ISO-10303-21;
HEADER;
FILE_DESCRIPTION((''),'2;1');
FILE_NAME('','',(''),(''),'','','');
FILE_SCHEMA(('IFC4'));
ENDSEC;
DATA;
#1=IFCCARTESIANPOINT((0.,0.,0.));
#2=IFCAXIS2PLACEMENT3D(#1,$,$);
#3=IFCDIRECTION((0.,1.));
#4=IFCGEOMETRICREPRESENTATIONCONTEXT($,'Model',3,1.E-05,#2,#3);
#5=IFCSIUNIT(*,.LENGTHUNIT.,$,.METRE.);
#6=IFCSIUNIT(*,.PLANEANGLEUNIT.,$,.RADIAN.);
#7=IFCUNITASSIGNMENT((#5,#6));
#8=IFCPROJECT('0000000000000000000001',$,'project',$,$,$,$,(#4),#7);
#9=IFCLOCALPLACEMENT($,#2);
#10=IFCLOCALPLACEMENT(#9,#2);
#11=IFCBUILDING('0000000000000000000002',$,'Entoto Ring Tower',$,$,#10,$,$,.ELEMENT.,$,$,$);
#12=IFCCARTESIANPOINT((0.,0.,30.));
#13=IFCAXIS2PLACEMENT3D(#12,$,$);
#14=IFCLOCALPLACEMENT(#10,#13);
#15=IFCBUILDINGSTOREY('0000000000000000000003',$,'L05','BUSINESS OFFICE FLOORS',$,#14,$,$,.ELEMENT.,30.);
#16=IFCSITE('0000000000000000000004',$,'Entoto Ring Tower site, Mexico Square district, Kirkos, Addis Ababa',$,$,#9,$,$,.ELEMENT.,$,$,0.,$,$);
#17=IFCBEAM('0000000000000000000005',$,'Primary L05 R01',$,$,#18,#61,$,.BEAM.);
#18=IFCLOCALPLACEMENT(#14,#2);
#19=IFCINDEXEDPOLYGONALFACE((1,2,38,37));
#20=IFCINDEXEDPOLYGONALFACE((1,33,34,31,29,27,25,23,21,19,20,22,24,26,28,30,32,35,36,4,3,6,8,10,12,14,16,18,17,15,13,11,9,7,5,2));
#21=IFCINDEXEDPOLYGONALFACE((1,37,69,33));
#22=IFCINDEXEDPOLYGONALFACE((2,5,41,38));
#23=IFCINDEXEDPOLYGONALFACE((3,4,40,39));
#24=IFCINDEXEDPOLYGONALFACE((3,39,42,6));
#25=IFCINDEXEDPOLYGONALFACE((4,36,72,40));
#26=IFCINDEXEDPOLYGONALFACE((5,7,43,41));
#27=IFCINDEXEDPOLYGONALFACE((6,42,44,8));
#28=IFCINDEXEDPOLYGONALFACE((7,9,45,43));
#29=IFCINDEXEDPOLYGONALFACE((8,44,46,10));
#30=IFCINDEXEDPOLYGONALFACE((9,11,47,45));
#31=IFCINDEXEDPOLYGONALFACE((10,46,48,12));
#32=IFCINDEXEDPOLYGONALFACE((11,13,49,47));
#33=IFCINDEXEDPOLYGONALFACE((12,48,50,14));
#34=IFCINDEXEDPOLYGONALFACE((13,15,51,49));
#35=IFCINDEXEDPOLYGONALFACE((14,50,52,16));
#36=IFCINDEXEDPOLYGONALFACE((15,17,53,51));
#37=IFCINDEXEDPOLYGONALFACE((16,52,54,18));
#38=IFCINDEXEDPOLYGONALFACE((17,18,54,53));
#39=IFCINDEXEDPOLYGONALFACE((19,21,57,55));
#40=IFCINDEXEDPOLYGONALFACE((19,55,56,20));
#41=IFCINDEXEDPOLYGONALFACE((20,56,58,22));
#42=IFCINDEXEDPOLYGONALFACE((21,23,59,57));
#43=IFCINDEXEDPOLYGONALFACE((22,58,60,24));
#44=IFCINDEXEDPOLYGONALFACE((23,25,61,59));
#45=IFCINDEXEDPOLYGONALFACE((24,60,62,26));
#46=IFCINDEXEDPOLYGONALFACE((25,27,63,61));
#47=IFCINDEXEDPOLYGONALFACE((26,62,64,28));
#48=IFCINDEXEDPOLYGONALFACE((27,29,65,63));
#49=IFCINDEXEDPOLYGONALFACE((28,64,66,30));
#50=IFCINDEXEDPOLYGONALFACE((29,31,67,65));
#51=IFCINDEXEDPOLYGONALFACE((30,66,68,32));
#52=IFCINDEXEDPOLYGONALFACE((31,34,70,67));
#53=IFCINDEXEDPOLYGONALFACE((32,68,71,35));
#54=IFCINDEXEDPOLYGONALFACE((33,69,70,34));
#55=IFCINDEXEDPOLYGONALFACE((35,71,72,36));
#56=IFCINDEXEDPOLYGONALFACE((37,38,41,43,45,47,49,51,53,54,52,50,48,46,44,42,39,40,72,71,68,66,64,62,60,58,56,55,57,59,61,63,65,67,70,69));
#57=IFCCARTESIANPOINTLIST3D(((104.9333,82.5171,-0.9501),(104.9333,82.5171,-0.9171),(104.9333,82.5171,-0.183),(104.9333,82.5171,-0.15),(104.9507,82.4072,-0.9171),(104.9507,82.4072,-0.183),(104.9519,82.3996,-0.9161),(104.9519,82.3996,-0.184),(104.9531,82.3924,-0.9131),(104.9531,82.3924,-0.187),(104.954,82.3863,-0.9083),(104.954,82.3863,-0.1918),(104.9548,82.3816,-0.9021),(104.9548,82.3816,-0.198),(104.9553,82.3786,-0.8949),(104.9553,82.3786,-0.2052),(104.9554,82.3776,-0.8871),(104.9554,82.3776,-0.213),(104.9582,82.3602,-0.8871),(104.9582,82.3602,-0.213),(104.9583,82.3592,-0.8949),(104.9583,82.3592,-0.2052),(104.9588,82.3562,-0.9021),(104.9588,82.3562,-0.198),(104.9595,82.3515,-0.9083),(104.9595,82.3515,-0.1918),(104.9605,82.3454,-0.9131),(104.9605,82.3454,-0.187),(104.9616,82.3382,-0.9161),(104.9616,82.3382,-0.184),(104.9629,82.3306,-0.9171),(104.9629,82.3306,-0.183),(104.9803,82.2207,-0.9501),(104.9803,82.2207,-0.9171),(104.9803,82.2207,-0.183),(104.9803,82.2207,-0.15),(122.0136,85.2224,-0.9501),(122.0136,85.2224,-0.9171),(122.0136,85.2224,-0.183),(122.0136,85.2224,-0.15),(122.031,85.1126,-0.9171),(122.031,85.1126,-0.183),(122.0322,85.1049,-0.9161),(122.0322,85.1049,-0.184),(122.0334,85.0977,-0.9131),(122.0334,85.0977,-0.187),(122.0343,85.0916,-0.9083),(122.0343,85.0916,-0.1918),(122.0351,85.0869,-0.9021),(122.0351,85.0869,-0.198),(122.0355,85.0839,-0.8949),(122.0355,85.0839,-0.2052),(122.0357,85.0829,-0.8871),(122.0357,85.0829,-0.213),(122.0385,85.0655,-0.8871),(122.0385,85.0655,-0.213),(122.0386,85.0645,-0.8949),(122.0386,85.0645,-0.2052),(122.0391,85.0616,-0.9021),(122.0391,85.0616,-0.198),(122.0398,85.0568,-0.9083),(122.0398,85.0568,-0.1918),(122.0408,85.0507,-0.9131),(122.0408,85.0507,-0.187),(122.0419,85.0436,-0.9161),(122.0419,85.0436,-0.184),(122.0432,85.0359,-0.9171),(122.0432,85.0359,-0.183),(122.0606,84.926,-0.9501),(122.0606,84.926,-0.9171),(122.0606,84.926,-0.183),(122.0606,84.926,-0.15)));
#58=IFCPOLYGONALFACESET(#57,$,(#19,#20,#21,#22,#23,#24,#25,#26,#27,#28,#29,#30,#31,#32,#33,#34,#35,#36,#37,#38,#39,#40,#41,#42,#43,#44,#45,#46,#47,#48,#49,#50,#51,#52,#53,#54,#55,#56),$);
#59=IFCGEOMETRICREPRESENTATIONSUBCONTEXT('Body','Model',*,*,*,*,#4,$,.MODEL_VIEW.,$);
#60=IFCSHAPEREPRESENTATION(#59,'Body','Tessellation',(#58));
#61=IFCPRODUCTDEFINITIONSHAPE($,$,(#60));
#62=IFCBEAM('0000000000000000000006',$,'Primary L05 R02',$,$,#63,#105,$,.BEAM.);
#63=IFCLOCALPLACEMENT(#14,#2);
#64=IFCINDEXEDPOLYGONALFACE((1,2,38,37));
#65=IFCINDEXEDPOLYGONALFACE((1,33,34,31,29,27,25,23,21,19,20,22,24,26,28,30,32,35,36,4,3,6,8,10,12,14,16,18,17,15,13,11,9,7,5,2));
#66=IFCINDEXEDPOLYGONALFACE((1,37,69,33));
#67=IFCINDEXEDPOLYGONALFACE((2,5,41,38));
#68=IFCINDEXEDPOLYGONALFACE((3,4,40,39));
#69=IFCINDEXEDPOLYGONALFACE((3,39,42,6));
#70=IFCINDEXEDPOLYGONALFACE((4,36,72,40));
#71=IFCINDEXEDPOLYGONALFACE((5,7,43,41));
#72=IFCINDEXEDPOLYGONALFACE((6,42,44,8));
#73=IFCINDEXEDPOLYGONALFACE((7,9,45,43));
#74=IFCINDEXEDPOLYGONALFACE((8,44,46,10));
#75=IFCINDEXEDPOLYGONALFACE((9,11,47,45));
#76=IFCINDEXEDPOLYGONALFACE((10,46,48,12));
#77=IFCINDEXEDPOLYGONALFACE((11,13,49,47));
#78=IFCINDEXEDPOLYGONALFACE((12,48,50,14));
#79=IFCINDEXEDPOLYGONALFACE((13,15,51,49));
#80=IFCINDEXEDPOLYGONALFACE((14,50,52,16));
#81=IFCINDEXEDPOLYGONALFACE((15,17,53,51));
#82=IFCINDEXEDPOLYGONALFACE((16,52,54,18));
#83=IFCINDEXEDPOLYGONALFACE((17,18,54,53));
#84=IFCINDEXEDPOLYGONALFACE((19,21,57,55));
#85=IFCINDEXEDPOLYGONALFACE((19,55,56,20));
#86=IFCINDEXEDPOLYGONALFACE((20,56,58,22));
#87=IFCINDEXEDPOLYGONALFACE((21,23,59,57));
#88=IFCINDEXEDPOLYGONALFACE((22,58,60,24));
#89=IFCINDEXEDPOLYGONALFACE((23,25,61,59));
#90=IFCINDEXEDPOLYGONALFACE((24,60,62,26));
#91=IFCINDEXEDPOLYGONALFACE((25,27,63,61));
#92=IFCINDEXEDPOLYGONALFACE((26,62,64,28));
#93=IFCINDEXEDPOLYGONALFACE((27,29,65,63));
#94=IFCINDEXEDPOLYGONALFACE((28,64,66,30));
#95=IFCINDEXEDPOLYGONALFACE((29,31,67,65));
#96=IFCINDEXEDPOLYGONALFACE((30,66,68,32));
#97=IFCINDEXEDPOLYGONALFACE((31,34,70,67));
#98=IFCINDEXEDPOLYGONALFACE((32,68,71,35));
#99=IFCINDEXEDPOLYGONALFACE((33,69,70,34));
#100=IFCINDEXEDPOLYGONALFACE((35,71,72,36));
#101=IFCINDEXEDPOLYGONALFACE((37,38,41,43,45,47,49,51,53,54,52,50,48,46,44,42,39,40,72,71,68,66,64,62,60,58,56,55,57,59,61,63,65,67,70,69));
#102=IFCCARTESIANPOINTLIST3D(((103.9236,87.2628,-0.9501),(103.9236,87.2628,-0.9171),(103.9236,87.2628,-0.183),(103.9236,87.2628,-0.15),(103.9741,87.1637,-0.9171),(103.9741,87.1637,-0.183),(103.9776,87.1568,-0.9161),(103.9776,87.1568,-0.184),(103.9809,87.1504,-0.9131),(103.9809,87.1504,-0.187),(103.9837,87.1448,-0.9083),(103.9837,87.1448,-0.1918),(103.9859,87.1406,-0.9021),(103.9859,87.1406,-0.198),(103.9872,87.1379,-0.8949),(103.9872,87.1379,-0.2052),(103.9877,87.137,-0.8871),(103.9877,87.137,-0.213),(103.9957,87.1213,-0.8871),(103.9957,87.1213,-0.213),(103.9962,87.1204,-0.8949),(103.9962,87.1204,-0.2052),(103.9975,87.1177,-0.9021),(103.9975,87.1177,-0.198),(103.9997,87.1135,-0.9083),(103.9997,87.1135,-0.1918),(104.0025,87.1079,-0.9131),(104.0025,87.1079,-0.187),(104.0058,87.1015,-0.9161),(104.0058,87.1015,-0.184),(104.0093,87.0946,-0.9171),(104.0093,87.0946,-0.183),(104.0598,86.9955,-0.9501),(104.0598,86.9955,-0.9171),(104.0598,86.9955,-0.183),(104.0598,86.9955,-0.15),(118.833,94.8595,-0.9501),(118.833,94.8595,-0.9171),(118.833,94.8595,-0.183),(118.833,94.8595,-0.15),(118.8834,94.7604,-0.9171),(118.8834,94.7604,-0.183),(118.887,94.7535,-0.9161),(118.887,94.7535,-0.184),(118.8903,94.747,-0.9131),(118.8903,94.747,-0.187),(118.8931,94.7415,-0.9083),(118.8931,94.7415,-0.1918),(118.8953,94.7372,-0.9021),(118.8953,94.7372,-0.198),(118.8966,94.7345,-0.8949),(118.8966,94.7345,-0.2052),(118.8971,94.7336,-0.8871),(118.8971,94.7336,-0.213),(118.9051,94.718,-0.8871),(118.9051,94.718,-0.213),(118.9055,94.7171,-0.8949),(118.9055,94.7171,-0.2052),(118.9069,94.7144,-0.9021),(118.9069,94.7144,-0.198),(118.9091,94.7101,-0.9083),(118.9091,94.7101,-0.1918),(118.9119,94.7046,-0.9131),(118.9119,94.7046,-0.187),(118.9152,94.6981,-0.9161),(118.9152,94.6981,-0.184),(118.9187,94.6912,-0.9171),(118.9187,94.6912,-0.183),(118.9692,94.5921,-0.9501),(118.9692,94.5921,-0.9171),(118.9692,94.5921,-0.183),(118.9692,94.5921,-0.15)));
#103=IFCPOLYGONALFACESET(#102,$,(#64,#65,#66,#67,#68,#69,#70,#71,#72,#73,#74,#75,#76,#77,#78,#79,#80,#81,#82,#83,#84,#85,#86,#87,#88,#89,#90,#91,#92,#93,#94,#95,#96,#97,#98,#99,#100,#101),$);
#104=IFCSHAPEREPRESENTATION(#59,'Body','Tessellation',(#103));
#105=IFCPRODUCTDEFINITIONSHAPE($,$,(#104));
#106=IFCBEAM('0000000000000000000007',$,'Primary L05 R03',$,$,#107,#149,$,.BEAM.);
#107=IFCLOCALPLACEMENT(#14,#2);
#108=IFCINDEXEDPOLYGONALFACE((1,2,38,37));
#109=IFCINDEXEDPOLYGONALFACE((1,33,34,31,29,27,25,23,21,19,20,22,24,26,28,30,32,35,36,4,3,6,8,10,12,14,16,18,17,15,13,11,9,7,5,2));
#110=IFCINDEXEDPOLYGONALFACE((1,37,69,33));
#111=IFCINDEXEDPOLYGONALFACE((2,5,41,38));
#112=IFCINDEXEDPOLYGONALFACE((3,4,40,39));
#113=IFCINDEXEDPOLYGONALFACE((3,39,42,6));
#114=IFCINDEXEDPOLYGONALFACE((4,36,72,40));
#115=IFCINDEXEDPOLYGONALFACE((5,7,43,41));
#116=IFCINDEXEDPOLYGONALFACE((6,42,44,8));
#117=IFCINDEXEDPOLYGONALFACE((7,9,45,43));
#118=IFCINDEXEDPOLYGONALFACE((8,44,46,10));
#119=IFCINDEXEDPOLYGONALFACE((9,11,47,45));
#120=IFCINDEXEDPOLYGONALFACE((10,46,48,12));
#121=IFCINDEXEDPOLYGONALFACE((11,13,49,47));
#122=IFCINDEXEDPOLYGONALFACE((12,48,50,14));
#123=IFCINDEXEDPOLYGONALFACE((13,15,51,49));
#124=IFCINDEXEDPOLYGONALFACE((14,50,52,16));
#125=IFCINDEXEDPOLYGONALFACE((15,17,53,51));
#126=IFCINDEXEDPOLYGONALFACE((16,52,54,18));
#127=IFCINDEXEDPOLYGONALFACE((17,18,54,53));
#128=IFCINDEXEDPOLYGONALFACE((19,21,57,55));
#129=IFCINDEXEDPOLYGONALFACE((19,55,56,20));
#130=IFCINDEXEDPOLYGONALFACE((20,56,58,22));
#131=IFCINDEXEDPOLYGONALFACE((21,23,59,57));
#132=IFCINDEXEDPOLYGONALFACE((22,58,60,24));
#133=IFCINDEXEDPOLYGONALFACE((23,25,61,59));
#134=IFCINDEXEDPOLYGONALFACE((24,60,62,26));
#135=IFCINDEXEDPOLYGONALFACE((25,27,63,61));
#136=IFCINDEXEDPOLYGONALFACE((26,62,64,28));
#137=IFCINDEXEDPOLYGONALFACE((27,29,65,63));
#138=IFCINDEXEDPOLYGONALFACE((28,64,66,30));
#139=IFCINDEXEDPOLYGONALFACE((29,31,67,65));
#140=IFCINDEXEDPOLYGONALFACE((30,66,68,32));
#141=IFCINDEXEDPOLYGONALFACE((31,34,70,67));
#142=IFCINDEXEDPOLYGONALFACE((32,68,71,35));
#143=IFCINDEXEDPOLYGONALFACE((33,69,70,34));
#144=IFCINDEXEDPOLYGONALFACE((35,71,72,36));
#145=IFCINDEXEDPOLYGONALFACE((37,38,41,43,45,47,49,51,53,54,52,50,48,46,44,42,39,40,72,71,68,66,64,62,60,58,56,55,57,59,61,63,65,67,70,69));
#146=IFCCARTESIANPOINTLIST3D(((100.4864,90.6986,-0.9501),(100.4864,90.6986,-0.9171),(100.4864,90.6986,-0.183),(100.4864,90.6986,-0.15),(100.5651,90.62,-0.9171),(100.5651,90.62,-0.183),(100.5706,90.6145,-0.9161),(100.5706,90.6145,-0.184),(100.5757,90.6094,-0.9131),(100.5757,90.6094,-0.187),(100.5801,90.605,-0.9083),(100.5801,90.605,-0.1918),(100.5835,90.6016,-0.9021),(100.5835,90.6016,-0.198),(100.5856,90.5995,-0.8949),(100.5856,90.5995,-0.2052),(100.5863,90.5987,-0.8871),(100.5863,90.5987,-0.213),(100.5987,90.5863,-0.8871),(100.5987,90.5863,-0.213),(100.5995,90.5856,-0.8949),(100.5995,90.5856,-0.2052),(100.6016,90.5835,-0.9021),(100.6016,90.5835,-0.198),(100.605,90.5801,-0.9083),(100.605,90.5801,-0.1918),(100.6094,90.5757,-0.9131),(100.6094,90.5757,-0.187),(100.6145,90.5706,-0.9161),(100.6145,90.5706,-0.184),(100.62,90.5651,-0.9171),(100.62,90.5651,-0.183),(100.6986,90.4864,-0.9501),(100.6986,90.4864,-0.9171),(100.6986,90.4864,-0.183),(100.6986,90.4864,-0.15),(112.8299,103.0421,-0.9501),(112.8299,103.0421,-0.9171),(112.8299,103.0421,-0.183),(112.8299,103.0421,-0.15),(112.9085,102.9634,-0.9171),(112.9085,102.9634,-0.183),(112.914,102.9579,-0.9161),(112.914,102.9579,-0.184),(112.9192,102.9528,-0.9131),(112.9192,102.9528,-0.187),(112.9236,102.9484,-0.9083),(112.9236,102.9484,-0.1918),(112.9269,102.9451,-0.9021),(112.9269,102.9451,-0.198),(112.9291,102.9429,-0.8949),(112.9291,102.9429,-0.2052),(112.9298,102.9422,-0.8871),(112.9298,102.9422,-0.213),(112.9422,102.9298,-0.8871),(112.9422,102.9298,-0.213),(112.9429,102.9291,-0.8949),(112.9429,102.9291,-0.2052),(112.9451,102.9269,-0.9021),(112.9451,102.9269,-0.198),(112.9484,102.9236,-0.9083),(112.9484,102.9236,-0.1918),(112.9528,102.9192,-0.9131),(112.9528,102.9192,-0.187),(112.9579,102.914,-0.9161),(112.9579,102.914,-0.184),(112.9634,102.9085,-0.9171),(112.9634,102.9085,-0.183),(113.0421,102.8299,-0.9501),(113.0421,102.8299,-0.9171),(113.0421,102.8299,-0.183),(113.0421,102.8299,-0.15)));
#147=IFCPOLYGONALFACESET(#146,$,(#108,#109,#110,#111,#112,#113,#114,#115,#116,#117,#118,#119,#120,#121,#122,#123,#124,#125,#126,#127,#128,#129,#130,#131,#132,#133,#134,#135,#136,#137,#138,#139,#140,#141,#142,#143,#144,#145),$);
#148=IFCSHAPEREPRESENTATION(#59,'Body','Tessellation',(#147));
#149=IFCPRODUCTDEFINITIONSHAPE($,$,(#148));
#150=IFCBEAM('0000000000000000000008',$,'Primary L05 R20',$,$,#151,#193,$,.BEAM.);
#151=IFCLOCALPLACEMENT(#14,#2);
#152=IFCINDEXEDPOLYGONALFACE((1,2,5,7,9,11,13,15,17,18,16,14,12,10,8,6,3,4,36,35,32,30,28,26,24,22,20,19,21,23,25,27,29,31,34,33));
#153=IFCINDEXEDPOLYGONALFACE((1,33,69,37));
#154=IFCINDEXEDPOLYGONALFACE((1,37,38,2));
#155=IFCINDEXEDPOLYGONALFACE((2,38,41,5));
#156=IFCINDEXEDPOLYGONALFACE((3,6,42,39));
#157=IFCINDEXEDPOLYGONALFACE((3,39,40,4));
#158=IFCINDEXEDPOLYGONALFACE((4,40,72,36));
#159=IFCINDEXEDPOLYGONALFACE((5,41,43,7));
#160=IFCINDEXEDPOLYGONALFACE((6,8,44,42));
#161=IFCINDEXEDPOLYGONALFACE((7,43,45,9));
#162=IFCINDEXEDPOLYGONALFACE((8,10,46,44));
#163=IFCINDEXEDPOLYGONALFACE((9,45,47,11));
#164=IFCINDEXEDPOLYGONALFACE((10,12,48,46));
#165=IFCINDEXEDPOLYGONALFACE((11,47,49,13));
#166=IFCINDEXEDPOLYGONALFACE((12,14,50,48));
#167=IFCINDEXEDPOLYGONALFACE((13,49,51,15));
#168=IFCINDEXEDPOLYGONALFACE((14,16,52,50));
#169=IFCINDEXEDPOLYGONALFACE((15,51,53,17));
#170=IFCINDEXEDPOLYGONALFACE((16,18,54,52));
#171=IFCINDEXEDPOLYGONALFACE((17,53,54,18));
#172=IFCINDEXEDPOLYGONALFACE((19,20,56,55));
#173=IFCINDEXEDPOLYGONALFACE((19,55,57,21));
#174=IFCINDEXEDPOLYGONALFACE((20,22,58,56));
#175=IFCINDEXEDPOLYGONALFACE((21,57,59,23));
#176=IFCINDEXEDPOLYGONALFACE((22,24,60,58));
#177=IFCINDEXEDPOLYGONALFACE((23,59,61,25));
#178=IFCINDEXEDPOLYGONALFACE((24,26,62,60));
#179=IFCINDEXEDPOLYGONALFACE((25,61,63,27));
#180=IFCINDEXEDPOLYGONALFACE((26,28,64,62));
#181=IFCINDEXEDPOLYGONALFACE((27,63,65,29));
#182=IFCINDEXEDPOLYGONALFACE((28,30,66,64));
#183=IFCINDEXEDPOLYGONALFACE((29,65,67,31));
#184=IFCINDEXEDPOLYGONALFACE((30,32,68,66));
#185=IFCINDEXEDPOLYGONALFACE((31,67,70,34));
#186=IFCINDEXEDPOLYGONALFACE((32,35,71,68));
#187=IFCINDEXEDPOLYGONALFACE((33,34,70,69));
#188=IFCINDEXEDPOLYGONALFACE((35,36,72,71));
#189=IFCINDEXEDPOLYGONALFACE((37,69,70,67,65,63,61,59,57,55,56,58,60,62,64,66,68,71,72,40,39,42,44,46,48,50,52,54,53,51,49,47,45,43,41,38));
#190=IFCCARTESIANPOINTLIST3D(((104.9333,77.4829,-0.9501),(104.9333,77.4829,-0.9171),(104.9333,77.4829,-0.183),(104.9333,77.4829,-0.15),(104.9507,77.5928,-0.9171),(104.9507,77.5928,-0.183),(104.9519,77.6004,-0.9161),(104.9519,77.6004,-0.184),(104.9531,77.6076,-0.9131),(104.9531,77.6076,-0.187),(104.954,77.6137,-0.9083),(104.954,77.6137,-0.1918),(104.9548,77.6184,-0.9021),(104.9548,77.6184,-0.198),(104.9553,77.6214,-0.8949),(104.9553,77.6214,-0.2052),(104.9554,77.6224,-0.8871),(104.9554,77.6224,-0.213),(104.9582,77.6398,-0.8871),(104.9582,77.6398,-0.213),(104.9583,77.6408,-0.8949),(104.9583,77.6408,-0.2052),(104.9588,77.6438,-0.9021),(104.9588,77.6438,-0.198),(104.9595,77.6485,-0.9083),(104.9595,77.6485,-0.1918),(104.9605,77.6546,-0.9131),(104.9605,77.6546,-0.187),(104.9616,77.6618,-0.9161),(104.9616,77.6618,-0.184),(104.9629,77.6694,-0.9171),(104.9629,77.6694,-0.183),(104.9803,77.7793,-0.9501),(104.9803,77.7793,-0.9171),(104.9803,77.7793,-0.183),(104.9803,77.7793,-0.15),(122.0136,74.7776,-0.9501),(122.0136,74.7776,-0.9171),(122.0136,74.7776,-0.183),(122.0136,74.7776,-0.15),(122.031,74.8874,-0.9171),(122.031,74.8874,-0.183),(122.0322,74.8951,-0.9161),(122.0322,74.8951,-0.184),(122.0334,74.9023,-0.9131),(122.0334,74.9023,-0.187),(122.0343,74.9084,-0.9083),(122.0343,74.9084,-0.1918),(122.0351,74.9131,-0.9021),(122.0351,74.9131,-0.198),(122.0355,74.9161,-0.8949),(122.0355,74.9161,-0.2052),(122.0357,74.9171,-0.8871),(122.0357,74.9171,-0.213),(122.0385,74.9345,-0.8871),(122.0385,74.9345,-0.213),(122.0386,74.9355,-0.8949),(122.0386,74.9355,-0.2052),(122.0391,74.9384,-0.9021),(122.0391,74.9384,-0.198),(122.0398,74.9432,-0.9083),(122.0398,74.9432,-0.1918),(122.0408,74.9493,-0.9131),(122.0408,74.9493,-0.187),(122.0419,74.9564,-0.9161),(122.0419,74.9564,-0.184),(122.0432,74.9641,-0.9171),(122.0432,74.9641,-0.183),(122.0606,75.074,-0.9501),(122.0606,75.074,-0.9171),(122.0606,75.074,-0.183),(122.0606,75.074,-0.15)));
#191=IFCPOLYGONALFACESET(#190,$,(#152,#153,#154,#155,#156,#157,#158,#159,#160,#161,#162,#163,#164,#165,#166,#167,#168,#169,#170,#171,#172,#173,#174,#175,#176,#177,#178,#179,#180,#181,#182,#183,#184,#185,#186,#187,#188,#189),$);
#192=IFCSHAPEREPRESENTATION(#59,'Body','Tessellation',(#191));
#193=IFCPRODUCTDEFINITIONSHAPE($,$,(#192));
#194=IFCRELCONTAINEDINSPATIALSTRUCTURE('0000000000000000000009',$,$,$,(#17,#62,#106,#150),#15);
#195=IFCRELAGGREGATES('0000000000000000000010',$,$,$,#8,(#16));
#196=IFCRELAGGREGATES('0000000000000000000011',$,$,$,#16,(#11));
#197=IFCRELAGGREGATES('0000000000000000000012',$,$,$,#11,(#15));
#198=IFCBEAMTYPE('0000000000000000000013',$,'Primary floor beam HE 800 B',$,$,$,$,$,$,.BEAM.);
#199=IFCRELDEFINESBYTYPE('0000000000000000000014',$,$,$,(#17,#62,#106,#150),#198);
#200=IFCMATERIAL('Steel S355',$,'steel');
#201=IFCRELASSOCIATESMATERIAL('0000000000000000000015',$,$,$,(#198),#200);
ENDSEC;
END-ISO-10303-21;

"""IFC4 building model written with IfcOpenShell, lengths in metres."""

from ifc_helpers import new_model, si_unit, direction, frame, origin, origin_2d, place, context, subcontext, project, spatial, i_section, extrude, material, material_profile, profile_set, type_object, element, save


model = new_model("IFC4")

# Units and contexts
model_context = context("Model", 3, precision=1e-05, world=origin(), true_north=direction((0.0, 1.0)))
body_context = subcontext(model_context, "Body", "Model", "MODEL_VIEW")
ifc_project = project(units=[si_unit("LENGTHUNIT", "METRE"), si_unit("PLANEANGLEUNIT", "RADIAN")], contexts=[model_context])

# Site, building, storey
site_placement = place(None, origin())
site = spatial("IfcSite", under=ifc_project, at=site_placement, Name="Entoto Ring Tower site, Mexico Square district, Kirkos, Addis Ababa", CompositionType="ELEMENT", RefElevation=0.0)
building_placement = place(site_placement, origin())
building = spatial("IfcBuilding", under=site, at=building_placement, Name="Entoto Ring Tower", CompositionType="ELEMENT")
storey_placement = place(building_placement, frame((0.0, 0.0, 30.0)))
storey = spatial("IfcBuildingStorey", under=building, at=storey_placement, Name="L05", Description="BUSINESS OFFICE FLOORS", CompositionType="ELEMENT", Elevation=30.0)

# Beams
ifc_material_1 = material(Name="Steel S355", Category="steel")
ifc_material_profile_1 = material_profile(ifc_material_1, i_section(OverallWidth=0.3, OverallDepth=0.8, WebThickness=0.0176, FlangeThickness=0.033, FilletRadius=0.03, at=origin_2d()), Name="HE 800 B")
ifc_profile_set_1 = profile_set([ifc_material_profile_1], Name="Steel S355")
beam_type_1 = type_object("IfcBeamType", Name="Primary floor beam HE 800 B", PredefinedType="BEAM", material=ifc_profile_set_1)
beam_1_placement = place(storey_placement, frame((104.9568, 82.3689, -0.55), z_axis=(0.987688, 0.156438, 0.0), x_axis=(-0.156438, 0.987688, 0.0)))
element("IfcBeam", 1, at=beam_1_placement, inside=storey, type_object=beam_type_1, Name="Primary L05 R01", PredefinedType="BEAM", context=body_context, shape_type="SweptSolid", body=[
    extrude(i_section(OverallWidth=0.3, OverallDepth=0.8, WebThickness=0.0176, FlangeThickness=0.033, FilletRadius=0.03, at=origin_2d()), origin(), (0.0, 0.0, 1.0), 17.2932),
])
beam_2_placement = place(storey_placement, frame((103.9917, 87.1292, -0.55), z_axis=(0.891008, 0.453988, 0.0), x_axis=(-0.453988, 0.891008, 0.0)))
element("IfcBeam", 2, at=beam_2_placement, inside=storey, type_object=beam_type_1, Name="Primary L05 R02", PredefinedType="BEAM", context=body_context, shape_type="SweptSolid", body=[
    extrude(i_section(OverallWidth=0.3, OverallDepth=0.8, WebThickness=0.0176, FlangeThickness=0.033, FilletRadius=0.03, at=origin_2d()), origin(), (0.0, 0.0, 1.0), 16.7332),
])
beam_3_placement = place(storey_placement, frame((100.5925, 90.5925, -0.55), z_axis=(0.707107, 0.707107, 0.0), x_axis=(-0.707107, 0.707107, 0.0)))
element("IfcBeam", 3, at=beam_3_placement, inside=storey, type_object=beam_type_1, Name="Primary L05 R03", PredefinedType="BEAM", context=body_context, shape_type="SweptSolid", body=[
    extrude(i_section(OverallWidth=0.3, OverallDepth=0.8, WebThickness=0.0176, FlangeThickness=0.033, FilletRadius=0.03, at=origin_2d()), origin(), (0.0, 0.0, 1.0), 17.4563),
])
beam_4_placement = place(storey_placement, frame((104.9568, 77.6311, -0.55), z_axis=(0.987688, -0.156438, 0.0), x_axis=(0.156438, 0.987688, 0.0)))
element("IfcBeam", 4, at=beam_4_placement, inside=storey, type_object=beam_type_1, Name="Primary L05 R20", PredefinedType="BEAM", context=body_context, shape_type="SweptSolid", body=[
    extrude(i_section(OverallWidth=0.3, OverallDepth=0.8, WebThickness=0.0176, FlangeThickness=0.033, FilletRadius=0.03, at=origin_2d()), origin(), (0.0, 0.0, 1.0), 17.2932),
])

save(model, "model.ifc")
